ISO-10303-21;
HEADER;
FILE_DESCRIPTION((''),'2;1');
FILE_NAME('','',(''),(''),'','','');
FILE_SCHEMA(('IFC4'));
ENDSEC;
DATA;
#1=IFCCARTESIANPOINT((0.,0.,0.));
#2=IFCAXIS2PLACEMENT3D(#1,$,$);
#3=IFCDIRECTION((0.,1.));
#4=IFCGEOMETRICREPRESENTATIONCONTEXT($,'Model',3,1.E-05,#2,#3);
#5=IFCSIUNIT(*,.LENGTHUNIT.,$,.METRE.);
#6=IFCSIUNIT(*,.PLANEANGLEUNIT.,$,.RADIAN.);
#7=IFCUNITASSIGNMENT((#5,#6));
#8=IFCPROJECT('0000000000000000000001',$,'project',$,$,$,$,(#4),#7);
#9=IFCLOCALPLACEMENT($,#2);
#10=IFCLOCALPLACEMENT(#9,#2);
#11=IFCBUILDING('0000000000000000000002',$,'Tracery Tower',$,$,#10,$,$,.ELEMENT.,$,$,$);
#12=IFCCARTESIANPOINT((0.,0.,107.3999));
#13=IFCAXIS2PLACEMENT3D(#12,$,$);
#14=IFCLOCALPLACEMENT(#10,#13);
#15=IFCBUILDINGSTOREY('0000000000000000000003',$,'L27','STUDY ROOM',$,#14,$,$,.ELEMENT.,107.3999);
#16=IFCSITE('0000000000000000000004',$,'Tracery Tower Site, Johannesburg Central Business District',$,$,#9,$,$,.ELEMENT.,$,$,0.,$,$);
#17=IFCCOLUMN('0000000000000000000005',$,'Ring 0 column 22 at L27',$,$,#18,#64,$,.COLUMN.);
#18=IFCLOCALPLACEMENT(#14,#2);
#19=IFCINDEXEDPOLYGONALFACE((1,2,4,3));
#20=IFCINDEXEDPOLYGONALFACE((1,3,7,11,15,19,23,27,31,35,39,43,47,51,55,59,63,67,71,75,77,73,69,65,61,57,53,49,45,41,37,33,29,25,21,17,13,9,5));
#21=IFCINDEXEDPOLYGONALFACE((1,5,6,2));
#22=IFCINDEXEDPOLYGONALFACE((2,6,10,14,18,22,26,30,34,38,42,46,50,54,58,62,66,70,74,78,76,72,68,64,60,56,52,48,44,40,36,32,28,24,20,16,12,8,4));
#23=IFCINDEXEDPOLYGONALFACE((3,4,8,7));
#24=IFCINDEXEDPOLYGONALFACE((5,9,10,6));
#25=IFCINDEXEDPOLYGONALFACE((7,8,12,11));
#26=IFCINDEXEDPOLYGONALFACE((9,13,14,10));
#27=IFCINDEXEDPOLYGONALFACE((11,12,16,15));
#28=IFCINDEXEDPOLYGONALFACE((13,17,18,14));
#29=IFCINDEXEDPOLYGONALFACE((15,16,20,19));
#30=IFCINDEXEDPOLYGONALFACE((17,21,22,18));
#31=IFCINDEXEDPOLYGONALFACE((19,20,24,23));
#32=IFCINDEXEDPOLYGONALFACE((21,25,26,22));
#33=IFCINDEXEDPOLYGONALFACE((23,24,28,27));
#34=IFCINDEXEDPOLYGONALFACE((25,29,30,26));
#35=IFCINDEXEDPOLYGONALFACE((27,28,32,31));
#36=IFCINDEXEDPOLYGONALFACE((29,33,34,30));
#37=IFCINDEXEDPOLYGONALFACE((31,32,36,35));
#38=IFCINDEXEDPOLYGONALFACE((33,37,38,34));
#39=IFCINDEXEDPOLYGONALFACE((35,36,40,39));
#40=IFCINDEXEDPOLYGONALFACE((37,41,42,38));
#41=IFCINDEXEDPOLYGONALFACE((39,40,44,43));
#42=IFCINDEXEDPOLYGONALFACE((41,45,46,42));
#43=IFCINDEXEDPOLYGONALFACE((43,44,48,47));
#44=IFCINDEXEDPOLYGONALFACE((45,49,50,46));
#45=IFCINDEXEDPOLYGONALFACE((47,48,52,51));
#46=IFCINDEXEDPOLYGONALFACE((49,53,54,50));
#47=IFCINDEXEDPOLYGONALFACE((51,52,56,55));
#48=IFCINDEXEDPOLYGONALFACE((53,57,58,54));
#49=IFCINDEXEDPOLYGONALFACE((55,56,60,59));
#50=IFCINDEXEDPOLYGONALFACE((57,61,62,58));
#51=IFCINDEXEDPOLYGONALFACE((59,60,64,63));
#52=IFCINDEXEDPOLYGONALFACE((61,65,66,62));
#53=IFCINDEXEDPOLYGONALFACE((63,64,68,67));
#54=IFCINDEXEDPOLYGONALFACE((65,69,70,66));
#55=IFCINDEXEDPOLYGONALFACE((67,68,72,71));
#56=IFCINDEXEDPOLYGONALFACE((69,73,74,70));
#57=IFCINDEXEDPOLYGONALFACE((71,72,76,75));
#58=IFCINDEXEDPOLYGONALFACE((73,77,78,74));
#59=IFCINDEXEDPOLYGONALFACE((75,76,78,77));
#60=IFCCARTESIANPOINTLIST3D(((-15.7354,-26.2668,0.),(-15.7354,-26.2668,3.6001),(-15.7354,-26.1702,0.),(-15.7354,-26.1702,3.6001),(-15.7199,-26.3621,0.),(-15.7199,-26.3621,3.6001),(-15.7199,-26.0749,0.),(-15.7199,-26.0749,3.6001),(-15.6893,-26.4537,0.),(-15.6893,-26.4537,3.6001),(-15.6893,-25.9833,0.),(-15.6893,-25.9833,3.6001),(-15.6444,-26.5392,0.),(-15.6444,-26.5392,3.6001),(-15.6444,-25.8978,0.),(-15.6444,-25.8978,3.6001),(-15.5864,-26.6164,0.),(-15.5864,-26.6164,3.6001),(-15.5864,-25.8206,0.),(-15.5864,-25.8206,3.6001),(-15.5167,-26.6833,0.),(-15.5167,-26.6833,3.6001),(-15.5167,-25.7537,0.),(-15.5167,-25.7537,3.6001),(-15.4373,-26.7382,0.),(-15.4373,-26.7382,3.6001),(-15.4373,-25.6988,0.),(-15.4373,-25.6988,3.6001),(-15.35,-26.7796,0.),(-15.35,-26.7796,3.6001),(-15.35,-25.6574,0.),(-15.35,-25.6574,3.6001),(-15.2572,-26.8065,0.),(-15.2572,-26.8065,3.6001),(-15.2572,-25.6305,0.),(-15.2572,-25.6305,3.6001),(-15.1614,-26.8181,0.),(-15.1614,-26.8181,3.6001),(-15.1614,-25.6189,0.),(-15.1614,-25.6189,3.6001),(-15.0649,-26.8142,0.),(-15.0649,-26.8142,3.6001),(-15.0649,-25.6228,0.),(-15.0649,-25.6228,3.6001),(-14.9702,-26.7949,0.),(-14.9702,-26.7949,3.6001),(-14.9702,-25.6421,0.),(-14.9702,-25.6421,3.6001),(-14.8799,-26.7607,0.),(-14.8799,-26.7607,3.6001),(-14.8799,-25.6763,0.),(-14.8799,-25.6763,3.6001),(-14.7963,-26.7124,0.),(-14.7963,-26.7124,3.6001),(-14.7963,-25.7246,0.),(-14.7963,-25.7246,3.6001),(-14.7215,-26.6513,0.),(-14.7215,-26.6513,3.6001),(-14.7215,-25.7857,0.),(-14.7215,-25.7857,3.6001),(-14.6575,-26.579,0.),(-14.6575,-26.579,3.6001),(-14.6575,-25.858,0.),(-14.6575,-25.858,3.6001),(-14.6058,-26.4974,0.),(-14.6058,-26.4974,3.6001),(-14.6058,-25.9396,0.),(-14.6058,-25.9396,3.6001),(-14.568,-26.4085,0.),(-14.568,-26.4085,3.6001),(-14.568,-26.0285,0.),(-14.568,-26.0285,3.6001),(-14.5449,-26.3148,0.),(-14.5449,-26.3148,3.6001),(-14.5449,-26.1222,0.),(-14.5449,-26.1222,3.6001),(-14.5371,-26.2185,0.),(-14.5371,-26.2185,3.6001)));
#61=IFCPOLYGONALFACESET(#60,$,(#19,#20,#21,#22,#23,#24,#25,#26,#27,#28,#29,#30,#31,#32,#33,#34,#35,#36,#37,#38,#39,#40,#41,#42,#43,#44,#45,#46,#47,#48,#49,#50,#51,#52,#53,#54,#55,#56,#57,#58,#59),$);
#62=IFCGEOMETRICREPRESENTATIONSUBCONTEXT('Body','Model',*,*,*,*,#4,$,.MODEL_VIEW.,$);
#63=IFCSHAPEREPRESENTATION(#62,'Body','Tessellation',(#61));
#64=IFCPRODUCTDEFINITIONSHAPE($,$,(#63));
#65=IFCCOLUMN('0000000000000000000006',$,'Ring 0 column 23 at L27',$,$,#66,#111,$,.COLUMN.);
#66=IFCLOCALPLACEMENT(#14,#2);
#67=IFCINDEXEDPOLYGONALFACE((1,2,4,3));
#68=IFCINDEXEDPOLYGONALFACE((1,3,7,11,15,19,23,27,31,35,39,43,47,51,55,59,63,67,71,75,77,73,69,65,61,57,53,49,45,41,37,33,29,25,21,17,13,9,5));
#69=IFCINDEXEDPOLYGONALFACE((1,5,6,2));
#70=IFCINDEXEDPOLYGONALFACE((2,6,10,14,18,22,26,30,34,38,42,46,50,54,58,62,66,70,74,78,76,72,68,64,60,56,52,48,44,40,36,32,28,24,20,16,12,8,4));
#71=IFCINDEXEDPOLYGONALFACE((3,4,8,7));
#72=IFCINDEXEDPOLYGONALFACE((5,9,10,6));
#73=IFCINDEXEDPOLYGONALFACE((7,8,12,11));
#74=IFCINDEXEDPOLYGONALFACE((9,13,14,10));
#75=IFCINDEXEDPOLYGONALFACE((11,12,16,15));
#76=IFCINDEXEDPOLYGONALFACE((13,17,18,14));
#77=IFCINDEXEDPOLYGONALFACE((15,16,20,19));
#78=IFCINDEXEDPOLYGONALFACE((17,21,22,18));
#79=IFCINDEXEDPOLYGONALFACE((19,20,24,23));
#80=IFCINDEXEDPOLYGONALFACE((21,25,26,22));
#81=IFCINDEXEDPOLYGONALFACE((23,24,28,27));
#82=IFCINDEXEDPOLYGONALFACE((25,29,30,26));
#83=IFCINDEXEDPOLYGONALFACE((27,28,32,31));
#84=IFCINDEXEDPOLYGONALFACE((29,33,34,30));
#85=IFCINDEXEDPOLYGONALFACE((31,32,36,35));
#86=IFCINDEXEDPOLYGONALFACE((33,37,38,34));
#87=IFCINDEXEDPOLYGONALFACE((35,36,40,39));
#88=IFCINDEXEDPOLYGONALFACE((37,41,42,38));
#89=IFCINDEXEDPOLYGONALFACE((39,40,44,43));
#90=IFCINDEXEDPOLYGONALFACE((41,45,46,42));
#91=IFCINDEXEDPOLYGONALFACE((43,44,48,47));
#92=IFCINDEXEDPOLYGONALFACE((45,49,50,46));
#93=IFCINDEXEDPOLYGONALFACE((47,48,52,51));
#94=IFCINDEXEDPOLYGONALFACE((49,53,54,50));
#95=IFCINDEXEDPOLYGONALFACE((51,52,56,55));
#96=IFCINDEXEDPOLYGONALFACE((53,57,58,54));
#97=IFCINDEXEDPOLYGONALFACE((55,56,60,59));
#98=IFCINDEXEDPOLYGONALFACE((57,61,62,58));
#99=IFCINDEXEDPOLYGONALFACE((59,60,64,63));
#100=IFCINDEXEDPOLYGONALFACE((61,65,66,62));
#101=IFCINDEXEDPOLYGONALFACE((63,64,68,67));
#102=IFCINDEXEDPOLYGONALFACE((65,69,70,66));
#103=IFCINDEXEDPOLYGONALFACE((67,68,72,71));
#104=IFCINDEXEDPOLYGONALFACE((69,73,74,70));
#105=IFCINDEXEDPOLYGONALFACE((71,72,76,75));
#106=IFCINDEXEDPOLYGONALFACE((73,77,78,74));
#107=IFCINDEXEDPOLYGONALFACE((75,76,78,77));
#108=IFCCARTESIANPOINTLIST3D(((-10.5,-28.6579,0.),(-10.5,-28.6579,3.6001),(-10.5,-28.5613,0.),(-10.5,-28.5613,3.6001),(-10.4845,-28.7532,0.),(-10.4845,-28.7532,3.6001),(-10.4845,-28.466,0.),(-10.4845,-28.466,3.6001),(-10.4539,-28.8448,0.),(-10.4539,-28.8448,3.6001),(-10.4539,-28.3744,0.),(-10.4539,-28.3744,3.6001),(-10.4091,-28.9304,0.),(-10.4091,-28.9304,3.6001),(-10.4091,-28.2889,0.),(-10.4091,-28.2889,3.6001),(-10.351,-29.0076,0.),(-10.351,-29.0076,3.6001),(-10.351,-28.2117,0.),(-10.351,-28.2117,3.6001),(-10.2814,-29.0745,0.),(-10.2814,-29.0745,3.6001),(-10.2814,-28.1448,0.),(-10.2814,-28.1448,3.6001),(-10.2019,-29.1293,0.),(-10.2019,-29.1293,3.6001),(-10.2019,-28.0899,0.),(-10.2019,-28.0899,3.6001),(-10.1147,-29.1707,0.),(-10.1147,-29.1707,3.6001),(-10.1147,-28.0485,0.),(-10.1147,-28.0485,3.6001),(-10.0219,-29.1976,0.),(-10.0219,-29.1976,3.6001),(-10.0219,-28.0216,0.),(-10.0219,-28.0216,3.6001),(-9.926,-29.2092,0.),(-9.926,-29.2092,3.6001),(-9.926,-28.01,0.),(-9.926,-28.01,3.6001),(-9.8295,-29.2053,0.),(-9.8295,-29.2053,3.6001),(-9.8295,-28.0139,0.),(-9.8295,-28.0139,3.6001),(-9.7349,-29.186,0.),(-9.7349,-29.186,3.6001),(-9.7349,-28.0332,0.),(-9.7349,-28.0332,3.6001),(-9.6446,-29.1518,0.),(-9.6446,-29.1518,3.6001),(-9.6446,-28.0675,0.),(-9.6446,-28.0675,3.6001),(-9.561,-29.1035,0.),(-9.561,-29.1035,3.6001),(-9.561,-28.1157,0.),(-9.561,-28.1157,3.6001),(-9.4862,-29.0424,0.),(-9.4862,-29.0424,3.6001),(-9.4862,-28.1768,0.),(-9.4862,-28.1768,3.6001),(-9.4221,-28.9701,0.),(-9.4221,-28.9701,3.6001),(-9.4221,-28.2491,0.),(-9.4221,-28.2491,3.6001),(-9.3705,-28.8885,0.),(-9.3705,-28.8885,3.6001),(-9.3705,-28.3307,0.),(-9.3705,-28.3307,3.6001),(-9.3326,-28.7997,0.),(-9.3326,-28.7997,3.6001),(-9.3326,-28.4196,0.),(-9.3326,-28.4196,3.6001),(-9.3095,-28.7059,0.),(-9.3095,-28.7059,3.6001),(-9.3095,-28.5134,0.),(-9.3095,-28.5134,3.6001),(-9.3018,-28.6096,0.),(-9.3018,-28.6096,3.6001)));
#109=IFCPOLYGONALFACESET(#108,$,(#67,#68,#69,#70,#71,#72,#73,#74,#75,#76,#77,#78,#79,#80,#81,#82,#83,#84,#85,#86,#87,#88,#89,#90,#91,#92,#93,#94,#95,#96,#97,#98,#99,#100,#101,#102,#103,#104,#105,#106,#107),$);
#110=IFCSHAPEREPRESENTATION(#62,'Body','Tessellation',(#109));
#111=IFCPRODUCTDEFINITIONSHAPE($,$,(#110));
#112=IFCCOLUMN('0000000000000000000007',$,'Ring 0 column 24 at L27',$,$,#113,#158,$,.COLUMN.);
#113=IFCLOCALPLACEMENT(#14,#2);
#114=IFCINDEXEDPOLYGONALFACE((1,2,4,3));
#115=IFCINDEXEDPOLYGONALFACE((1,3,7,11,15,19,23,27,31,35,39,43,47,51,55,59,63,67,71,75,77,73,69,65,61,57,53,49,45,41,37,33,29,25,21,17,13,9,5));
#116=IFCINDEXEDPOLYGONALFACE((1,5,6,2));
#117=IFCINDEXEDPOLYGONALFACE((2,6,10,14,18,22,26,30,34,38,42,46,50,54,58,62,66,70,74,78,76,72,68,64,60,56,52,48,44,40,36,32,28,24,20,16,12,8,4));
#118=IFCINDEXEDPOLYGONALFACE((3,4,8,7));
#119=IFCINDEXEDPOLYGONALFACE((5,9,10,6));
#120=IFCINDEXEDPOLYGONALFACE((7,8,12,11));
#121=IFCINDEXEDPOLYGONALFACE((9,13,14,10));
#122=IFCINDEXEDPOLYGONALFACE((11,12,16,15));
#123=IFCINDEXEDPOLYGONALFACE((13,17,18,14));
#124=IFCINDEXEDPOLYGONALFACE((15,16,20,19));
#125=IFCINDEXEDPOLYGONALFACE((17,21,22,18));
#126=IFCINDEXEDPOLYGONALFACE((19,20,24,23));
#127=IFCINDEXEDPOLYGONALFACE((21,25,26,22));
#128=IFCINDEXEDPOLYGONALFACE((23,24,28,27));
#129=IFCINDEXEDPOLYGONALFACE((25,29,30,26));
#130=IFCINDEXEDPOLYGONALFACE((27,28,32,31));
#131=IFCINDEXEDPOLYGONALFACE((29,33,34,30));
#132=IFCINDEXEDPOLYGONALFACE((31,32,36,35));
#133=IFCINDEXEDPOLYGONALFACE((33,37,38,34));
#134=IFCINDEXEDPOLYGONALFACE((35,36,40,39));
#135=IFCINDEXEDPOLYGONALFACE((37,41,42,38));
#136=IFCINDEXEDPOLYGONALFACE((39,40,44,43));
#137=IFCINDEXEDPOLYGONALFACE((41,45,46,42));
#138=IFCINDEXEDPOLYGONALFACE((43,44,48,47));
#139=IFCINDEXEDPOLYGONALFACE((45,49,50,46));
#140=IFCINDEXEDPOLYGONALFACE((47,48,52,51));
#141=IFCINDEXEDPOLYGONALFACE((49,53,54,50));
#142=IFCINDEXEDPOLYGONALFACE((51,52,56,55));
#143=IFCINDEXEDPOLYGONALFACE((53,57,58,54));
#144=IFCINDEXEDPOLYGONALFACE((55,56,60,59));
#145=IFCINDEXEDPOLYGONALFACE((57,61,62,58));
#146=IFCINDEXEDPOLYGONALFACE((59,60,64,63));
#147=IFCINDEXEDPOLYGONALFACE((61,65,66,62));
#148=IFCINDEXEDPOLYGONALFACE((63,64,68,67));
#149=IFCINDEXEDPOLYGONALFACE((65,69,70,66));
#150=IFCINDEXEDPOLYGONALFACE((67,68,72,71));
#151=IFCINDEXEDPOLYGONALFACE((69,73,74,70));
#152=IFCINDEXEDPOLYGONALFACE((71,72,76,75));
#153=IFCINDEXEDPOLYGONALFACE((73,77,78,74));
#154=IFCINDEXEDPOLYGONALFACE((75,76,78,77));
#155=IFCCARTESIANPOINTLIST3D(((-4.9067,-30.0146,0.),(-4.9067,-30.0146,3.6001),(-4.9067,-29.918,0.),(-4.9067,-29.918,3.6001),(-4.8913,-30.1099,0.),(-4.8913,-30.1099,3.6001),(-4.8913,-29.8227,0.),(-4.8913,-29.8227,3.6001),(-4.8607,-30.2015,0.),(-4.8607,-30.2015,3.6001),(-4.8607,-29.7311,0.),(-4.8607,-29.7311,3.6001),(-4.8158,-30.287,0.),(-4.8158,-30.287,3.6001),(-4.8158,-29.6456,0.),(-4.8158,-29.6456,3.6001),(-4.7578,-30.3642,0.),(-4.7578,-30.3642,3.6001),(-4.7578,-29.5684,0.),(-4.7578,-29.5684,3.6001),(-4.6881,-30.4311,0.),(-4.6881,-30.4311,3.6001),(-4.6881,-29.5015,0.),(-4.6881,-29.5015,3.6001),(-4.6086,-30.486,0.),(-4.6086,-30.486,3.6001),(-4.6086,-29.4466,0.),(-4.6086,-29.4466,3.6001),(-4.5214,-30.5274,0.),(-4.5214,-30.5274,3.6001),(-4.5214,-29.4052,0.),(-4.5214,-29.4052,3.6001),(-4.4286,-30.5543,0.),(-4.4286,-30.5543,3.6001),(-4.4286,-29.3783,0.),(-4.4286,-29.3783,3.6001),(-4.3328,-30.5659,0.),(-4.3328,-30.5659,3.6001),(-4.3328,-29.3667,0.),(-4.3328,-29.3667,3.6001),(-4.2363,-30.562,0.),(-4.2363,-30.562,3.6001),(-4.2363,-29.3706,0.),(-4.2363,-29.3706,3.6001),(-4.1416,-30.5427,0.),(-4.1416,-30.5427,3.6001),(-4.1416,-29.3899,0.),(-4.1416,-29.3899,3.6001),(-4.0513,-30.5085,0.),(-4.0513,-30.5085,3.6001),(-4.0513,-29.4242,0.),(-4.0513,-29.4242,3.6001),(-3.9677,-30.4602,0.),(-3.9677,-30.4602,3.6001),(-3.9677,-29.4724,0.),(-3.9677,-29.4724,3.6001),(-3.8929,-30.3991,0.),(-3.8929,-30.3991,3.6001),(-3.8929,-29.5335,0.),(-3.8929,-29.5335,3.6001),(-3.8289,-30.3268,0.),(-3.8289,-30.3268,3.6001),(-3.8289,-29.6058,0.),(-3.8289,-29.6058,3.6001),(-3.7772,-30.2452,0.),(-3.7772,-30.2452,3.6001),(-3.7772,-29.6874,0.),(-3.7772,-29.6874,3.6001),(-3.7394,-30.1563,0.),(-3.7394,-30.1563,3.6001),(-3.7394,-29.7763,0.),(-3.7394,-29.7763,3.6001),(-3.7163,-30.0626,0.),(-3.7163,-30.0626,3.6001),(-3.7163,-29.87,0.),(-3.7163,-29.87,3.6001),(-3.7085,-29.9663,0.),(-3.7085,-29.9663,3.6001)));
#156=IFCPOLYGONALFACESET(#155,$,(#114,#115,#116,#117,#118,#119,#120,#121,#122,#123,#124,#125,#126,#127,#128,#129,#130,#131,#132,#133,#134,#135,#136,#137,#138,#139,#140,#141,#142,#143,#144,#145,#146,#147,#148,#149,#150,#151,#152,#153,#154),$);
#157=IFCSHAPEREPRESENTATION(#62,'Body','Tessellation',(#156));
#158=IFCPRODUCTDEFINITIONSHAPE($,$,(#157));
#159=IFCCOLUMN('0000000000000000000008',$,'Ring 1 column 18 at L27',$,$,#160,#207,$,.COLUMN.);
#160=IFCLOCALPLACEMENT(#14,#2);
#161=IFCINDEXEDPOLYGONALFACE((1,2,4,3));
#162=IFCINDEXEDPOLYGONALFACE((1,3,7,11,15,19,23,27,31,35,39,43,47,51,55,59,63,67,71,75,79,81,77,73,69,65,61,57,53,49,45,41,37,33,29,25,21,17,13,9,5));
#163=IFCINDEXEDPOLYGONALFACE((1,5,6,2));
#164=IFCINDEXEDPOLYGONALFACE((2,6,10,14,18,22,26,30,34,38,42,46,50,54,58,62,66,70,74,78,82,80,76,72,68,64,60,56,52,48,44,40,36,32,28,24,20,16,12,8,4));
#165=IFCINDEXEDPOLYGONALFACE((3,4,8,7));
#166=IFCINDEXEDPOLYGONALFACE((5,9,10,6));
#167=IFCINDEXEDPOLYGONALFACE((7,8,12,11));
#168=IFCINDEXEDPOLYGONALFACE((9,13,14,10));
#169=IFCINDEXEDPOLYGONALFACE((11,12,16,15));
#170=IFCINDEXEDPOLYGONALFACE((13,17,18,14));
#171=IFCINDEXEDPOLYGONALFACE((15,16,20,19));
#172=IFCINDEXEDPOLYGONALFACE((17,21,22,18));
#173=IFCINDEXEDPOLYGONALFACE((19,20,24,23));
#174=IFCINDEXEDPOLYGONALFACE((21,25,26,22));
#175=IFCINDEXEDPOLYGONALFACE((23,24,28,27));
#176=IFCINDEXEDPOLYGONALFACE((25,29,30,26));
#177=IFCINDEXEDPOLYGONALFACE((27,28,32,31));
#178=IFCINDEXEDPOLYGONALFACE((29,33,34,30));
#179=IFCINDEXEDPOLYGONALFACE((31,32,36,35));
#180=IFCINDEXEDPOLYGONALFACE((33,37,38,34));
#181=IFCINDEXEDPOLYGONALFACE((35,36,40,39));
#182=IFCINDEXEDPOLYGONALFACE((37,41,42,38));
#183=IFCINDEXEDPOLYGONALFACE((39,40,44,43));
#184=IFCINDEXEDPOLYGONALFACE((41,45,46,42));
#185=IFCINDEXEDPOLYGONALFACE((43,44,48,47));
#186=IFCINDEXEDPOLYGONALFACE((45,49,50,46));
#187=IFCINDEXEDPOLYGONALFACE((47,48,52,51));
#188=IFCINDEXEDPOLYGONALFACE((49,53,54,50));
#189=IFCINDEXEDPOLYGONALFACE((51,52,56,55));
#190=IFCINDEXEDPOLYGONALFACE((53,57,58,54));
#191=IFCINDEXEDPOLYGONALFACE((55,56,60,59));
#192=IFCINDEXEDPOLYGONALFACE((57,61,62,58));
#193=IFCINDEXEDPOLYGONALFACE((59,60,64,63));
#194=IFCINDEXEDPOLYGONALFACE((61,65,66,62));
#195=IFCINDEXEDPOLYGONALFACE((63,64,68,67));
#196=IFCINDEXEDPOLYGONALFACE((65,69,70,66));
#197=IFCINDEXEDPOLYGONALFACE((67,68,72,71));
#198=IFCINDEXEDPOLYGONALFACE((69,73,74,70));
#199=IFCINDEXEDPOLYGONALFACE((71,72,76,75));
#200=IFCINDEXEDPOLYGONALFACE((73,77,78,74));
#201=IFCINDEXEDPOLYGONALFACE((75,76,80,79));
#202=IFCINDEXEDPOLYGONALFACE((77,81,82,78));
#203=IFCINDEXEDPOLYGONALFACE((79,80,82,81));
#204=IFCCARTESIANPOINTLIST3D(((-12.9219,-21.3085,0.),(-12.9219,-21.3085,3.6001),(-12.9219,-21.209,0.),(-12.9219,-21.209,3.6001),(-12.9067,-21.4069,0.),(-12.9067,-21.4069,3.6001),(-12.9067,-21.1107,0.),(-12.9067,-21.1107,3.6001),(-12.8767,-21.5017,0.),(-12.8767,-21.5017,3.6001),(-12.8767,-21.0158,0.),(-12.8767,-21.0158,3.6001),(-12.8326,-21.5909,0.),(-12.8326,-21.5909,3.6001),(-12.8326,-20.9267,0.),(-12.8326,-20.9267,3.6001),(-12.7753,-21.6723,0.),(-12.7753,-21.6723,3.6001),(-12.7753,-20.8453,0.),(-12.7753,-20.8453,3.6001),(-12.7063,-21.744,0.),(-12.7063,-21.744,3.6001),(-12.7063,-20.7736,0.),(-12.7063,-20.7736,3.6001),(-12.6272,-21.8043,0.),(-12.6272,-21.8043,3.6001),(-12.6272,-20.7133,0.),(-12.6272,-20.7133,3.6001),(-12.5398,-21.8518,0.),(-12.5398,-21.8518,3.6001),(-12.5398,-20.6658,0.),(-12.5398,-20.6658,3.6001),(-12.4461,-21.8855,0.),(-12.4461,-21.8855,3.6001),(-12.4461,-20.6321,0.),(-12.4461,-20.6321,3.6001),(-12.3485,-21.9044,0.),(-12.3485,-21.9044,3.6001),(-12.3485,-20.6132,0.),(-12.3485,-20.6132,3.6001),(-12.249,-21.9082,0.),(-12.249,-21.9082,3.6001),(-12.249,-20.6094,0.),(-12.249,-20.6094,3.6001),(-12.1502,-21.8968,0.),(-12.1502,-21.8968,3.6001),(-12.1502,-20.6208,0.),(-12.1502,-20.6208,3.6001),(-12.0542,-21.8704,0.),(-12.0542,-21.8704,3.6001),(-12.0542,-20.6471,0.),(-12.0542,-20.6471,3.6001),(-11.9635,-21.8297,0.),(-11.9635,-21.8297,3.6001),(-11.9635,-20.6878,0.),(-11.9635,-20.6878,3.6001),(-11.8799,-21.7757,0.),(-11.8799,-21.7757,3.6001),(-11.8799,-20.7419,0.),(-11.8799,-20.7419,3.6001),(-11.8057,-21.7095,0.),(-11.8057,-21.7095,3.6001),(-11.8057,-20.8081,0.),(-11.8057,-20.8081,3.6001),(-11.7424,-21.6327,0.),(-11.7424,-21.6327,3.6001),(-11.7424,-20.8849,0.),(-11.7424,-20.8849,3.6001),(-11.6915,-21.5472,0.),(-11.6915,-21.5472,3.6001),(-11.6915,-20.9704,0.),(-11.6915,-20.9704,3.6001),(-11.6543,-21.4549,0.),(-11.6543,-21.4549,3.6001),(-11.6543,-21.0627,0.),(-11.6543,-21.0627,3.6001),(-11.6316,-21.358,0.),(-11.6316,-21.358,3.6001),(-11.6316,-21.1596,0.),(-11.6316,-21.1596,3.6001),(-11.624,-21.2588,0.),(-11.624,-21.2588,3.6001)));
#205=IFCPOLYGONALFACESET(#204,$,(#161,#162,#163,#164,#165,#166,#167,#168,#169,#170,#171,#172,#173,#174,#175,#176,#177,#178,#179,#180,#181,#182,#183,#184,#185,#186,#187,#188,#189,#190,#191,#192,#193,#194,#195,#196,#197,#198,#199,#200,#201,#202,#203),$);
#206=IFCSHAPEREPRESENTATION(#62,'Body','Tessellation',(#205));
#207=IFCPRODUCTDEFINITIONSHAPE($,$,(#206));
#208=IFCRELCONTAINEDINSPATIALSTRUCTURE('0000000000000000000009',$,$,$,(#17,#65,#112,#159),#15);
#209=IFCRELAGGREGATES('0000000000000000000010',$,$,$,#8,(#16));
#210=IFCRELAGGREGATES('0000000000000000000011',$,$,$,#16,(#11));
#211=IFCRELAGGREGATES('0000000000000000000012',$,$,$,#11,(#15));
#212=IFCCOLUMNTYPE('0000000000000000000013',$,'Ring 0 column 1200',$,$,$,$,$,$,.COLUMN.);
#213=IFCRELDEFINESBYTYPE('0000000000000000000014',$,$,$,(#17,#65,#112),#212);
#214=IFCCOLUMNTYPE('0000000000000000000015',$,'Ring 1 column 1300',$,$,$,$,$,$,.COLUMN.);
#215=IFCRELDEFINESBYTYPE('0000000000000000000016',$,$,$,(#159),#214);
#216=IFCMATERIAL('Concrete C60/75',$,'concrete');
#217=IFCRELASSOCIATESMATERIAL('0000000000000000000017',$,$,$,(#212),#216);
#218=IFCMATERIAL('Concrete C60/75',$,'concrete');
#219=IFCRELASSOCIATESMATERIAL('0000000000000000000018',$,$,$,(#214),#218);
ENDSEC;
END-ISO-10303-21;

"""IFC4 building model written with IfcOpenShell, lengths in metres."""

from ifc_helpers import new_model, si_unit, direction, frame, origin, origin_2d, place, context, subcontext, project, spatial, circle, extrude, material, material_profile, profile_set, type_object, element, save


model = new_model("IFC4")

# Units and contexts
model_context = context("Model", 3, precision=1e-05, world=origin(), true_north=direction((0.0, 1.0)))
body_context = subcontext(model_context, "Body", "Model", "MODEL_VIEW")
ifc_project = project(units=[si_unit("LENGTHUNIT", "METRE"), si_unit("PLANEANGLEUNIT", "RADIAN")], contexts=[model_context])

# Site, building, storey
site_placement = place(None, origin())
site = spatial("IfcSite", under=ifc_project, at=site_placement, Name="Tracery Tower Site, Johannesburg Central Business District", CompositionType="ELEMENT", RefElevation=0.0)
building_placement = place(site_placement, origin())
building = spatial("IfcBuilding", under=site, at=building_placement, Name="Tracery Tower", CompositionType="ELEMENT")
storey_placement = place(building_placement, frame((0.0, 0.0, 107.3999)))
storey = spatial("IfcBuildingStorey", under=building, at=storey_placement, Name="L27", Description="STUDY ROOM", CompositionType="ELEMENT", Elevation=107.3999)

# Columns
ifc_material_1 = material(Name="Concrete C60/75", Category="concrete")
ifc_material_profile_1 = material_profile(ifc_material_1, circle(Radius=0.6001, at=origin_2d()), Name="RC D1200")
ifc_profile_set_1 = profile_set([ifc_material_profile_1], Name="Concrete C60/75")
column_type_1 = type_object("IfcColumnType", Name="Ring 0 column 1200", PredefinedType="COLUMN", material=ifc_profile_set_1)
for number, where, z_axis, x_axis, name in (
    (1, (-15.1372, -26.2185, 0.0), (0.0, 0.0, 1.0), (1.0, 0.0, 0.0), "Ring 0 column 22 at L27"),
    (2, (-9.9019, -28.6096, 0.0), (0.0, 0.0, 1.0), (1.0, 0.0, 0.0), "Ring 0 column 23 at L27"),
    (3, (-4.3086, -29.9663, 0.0), (0.0, 0.0, 1.0), (1.0, 0.0, 0.0), "Ring 0 column 24 at L27"),
):
    element("IfcColumn", number, at=place(storey_placement, frame(where, z_axis=z_axis, x_axis=x_axis)), inside=storey, type_object=column_type_1, Name=name, PredefinedType="COLUMN", context=body_context, shape_type="SweptSolid", body=[
        extrude(circle(Radius=0.6001, at=origin_2d()), origin(), (0.0, 0.0, 1.0), 3.6001),
    ])
ifc_material_2 = material(Name="Concrete C60/75", Category="concrete")
ifc_material_profile_2 = material_profile(ifc_material_2, circle(Radius=0.6499, at=origin_2d()), Name="RC D1300")
ifc_profile_set_2 = profile_set([ifc_material_profile_2], Name="Concrete C60/75")
column_type_2 = type_object("IfcColumnType", Name="Ring 1 column 1300", PredefinedType="COLUMN", material=ifc_profile_set_2)
for number, where, z_axis, x_axis, name in (
    (4, (-12.2739, -21.2588, 0.0), (0.0, 0.0, 1.0), (1.0, 0.0, 0.0), "Ring 1 column 18 at L27"),
):
    element("IfcColumn", number, at=place(storey_placement, frame(where, z_axis=z_axis, x_axis=x_axis)), inside=storey, type_object=column_type_2, Name=name, PredefinedType="COLUMN", context=body_context, shape_type="SweptSolid", body=[
        extrude(circle(Radius=0.6499, at=origin_2d()), origin(), (0.0, 0.0, 1.0), 3.6001),
    ])

save(model, "model.ifc")
